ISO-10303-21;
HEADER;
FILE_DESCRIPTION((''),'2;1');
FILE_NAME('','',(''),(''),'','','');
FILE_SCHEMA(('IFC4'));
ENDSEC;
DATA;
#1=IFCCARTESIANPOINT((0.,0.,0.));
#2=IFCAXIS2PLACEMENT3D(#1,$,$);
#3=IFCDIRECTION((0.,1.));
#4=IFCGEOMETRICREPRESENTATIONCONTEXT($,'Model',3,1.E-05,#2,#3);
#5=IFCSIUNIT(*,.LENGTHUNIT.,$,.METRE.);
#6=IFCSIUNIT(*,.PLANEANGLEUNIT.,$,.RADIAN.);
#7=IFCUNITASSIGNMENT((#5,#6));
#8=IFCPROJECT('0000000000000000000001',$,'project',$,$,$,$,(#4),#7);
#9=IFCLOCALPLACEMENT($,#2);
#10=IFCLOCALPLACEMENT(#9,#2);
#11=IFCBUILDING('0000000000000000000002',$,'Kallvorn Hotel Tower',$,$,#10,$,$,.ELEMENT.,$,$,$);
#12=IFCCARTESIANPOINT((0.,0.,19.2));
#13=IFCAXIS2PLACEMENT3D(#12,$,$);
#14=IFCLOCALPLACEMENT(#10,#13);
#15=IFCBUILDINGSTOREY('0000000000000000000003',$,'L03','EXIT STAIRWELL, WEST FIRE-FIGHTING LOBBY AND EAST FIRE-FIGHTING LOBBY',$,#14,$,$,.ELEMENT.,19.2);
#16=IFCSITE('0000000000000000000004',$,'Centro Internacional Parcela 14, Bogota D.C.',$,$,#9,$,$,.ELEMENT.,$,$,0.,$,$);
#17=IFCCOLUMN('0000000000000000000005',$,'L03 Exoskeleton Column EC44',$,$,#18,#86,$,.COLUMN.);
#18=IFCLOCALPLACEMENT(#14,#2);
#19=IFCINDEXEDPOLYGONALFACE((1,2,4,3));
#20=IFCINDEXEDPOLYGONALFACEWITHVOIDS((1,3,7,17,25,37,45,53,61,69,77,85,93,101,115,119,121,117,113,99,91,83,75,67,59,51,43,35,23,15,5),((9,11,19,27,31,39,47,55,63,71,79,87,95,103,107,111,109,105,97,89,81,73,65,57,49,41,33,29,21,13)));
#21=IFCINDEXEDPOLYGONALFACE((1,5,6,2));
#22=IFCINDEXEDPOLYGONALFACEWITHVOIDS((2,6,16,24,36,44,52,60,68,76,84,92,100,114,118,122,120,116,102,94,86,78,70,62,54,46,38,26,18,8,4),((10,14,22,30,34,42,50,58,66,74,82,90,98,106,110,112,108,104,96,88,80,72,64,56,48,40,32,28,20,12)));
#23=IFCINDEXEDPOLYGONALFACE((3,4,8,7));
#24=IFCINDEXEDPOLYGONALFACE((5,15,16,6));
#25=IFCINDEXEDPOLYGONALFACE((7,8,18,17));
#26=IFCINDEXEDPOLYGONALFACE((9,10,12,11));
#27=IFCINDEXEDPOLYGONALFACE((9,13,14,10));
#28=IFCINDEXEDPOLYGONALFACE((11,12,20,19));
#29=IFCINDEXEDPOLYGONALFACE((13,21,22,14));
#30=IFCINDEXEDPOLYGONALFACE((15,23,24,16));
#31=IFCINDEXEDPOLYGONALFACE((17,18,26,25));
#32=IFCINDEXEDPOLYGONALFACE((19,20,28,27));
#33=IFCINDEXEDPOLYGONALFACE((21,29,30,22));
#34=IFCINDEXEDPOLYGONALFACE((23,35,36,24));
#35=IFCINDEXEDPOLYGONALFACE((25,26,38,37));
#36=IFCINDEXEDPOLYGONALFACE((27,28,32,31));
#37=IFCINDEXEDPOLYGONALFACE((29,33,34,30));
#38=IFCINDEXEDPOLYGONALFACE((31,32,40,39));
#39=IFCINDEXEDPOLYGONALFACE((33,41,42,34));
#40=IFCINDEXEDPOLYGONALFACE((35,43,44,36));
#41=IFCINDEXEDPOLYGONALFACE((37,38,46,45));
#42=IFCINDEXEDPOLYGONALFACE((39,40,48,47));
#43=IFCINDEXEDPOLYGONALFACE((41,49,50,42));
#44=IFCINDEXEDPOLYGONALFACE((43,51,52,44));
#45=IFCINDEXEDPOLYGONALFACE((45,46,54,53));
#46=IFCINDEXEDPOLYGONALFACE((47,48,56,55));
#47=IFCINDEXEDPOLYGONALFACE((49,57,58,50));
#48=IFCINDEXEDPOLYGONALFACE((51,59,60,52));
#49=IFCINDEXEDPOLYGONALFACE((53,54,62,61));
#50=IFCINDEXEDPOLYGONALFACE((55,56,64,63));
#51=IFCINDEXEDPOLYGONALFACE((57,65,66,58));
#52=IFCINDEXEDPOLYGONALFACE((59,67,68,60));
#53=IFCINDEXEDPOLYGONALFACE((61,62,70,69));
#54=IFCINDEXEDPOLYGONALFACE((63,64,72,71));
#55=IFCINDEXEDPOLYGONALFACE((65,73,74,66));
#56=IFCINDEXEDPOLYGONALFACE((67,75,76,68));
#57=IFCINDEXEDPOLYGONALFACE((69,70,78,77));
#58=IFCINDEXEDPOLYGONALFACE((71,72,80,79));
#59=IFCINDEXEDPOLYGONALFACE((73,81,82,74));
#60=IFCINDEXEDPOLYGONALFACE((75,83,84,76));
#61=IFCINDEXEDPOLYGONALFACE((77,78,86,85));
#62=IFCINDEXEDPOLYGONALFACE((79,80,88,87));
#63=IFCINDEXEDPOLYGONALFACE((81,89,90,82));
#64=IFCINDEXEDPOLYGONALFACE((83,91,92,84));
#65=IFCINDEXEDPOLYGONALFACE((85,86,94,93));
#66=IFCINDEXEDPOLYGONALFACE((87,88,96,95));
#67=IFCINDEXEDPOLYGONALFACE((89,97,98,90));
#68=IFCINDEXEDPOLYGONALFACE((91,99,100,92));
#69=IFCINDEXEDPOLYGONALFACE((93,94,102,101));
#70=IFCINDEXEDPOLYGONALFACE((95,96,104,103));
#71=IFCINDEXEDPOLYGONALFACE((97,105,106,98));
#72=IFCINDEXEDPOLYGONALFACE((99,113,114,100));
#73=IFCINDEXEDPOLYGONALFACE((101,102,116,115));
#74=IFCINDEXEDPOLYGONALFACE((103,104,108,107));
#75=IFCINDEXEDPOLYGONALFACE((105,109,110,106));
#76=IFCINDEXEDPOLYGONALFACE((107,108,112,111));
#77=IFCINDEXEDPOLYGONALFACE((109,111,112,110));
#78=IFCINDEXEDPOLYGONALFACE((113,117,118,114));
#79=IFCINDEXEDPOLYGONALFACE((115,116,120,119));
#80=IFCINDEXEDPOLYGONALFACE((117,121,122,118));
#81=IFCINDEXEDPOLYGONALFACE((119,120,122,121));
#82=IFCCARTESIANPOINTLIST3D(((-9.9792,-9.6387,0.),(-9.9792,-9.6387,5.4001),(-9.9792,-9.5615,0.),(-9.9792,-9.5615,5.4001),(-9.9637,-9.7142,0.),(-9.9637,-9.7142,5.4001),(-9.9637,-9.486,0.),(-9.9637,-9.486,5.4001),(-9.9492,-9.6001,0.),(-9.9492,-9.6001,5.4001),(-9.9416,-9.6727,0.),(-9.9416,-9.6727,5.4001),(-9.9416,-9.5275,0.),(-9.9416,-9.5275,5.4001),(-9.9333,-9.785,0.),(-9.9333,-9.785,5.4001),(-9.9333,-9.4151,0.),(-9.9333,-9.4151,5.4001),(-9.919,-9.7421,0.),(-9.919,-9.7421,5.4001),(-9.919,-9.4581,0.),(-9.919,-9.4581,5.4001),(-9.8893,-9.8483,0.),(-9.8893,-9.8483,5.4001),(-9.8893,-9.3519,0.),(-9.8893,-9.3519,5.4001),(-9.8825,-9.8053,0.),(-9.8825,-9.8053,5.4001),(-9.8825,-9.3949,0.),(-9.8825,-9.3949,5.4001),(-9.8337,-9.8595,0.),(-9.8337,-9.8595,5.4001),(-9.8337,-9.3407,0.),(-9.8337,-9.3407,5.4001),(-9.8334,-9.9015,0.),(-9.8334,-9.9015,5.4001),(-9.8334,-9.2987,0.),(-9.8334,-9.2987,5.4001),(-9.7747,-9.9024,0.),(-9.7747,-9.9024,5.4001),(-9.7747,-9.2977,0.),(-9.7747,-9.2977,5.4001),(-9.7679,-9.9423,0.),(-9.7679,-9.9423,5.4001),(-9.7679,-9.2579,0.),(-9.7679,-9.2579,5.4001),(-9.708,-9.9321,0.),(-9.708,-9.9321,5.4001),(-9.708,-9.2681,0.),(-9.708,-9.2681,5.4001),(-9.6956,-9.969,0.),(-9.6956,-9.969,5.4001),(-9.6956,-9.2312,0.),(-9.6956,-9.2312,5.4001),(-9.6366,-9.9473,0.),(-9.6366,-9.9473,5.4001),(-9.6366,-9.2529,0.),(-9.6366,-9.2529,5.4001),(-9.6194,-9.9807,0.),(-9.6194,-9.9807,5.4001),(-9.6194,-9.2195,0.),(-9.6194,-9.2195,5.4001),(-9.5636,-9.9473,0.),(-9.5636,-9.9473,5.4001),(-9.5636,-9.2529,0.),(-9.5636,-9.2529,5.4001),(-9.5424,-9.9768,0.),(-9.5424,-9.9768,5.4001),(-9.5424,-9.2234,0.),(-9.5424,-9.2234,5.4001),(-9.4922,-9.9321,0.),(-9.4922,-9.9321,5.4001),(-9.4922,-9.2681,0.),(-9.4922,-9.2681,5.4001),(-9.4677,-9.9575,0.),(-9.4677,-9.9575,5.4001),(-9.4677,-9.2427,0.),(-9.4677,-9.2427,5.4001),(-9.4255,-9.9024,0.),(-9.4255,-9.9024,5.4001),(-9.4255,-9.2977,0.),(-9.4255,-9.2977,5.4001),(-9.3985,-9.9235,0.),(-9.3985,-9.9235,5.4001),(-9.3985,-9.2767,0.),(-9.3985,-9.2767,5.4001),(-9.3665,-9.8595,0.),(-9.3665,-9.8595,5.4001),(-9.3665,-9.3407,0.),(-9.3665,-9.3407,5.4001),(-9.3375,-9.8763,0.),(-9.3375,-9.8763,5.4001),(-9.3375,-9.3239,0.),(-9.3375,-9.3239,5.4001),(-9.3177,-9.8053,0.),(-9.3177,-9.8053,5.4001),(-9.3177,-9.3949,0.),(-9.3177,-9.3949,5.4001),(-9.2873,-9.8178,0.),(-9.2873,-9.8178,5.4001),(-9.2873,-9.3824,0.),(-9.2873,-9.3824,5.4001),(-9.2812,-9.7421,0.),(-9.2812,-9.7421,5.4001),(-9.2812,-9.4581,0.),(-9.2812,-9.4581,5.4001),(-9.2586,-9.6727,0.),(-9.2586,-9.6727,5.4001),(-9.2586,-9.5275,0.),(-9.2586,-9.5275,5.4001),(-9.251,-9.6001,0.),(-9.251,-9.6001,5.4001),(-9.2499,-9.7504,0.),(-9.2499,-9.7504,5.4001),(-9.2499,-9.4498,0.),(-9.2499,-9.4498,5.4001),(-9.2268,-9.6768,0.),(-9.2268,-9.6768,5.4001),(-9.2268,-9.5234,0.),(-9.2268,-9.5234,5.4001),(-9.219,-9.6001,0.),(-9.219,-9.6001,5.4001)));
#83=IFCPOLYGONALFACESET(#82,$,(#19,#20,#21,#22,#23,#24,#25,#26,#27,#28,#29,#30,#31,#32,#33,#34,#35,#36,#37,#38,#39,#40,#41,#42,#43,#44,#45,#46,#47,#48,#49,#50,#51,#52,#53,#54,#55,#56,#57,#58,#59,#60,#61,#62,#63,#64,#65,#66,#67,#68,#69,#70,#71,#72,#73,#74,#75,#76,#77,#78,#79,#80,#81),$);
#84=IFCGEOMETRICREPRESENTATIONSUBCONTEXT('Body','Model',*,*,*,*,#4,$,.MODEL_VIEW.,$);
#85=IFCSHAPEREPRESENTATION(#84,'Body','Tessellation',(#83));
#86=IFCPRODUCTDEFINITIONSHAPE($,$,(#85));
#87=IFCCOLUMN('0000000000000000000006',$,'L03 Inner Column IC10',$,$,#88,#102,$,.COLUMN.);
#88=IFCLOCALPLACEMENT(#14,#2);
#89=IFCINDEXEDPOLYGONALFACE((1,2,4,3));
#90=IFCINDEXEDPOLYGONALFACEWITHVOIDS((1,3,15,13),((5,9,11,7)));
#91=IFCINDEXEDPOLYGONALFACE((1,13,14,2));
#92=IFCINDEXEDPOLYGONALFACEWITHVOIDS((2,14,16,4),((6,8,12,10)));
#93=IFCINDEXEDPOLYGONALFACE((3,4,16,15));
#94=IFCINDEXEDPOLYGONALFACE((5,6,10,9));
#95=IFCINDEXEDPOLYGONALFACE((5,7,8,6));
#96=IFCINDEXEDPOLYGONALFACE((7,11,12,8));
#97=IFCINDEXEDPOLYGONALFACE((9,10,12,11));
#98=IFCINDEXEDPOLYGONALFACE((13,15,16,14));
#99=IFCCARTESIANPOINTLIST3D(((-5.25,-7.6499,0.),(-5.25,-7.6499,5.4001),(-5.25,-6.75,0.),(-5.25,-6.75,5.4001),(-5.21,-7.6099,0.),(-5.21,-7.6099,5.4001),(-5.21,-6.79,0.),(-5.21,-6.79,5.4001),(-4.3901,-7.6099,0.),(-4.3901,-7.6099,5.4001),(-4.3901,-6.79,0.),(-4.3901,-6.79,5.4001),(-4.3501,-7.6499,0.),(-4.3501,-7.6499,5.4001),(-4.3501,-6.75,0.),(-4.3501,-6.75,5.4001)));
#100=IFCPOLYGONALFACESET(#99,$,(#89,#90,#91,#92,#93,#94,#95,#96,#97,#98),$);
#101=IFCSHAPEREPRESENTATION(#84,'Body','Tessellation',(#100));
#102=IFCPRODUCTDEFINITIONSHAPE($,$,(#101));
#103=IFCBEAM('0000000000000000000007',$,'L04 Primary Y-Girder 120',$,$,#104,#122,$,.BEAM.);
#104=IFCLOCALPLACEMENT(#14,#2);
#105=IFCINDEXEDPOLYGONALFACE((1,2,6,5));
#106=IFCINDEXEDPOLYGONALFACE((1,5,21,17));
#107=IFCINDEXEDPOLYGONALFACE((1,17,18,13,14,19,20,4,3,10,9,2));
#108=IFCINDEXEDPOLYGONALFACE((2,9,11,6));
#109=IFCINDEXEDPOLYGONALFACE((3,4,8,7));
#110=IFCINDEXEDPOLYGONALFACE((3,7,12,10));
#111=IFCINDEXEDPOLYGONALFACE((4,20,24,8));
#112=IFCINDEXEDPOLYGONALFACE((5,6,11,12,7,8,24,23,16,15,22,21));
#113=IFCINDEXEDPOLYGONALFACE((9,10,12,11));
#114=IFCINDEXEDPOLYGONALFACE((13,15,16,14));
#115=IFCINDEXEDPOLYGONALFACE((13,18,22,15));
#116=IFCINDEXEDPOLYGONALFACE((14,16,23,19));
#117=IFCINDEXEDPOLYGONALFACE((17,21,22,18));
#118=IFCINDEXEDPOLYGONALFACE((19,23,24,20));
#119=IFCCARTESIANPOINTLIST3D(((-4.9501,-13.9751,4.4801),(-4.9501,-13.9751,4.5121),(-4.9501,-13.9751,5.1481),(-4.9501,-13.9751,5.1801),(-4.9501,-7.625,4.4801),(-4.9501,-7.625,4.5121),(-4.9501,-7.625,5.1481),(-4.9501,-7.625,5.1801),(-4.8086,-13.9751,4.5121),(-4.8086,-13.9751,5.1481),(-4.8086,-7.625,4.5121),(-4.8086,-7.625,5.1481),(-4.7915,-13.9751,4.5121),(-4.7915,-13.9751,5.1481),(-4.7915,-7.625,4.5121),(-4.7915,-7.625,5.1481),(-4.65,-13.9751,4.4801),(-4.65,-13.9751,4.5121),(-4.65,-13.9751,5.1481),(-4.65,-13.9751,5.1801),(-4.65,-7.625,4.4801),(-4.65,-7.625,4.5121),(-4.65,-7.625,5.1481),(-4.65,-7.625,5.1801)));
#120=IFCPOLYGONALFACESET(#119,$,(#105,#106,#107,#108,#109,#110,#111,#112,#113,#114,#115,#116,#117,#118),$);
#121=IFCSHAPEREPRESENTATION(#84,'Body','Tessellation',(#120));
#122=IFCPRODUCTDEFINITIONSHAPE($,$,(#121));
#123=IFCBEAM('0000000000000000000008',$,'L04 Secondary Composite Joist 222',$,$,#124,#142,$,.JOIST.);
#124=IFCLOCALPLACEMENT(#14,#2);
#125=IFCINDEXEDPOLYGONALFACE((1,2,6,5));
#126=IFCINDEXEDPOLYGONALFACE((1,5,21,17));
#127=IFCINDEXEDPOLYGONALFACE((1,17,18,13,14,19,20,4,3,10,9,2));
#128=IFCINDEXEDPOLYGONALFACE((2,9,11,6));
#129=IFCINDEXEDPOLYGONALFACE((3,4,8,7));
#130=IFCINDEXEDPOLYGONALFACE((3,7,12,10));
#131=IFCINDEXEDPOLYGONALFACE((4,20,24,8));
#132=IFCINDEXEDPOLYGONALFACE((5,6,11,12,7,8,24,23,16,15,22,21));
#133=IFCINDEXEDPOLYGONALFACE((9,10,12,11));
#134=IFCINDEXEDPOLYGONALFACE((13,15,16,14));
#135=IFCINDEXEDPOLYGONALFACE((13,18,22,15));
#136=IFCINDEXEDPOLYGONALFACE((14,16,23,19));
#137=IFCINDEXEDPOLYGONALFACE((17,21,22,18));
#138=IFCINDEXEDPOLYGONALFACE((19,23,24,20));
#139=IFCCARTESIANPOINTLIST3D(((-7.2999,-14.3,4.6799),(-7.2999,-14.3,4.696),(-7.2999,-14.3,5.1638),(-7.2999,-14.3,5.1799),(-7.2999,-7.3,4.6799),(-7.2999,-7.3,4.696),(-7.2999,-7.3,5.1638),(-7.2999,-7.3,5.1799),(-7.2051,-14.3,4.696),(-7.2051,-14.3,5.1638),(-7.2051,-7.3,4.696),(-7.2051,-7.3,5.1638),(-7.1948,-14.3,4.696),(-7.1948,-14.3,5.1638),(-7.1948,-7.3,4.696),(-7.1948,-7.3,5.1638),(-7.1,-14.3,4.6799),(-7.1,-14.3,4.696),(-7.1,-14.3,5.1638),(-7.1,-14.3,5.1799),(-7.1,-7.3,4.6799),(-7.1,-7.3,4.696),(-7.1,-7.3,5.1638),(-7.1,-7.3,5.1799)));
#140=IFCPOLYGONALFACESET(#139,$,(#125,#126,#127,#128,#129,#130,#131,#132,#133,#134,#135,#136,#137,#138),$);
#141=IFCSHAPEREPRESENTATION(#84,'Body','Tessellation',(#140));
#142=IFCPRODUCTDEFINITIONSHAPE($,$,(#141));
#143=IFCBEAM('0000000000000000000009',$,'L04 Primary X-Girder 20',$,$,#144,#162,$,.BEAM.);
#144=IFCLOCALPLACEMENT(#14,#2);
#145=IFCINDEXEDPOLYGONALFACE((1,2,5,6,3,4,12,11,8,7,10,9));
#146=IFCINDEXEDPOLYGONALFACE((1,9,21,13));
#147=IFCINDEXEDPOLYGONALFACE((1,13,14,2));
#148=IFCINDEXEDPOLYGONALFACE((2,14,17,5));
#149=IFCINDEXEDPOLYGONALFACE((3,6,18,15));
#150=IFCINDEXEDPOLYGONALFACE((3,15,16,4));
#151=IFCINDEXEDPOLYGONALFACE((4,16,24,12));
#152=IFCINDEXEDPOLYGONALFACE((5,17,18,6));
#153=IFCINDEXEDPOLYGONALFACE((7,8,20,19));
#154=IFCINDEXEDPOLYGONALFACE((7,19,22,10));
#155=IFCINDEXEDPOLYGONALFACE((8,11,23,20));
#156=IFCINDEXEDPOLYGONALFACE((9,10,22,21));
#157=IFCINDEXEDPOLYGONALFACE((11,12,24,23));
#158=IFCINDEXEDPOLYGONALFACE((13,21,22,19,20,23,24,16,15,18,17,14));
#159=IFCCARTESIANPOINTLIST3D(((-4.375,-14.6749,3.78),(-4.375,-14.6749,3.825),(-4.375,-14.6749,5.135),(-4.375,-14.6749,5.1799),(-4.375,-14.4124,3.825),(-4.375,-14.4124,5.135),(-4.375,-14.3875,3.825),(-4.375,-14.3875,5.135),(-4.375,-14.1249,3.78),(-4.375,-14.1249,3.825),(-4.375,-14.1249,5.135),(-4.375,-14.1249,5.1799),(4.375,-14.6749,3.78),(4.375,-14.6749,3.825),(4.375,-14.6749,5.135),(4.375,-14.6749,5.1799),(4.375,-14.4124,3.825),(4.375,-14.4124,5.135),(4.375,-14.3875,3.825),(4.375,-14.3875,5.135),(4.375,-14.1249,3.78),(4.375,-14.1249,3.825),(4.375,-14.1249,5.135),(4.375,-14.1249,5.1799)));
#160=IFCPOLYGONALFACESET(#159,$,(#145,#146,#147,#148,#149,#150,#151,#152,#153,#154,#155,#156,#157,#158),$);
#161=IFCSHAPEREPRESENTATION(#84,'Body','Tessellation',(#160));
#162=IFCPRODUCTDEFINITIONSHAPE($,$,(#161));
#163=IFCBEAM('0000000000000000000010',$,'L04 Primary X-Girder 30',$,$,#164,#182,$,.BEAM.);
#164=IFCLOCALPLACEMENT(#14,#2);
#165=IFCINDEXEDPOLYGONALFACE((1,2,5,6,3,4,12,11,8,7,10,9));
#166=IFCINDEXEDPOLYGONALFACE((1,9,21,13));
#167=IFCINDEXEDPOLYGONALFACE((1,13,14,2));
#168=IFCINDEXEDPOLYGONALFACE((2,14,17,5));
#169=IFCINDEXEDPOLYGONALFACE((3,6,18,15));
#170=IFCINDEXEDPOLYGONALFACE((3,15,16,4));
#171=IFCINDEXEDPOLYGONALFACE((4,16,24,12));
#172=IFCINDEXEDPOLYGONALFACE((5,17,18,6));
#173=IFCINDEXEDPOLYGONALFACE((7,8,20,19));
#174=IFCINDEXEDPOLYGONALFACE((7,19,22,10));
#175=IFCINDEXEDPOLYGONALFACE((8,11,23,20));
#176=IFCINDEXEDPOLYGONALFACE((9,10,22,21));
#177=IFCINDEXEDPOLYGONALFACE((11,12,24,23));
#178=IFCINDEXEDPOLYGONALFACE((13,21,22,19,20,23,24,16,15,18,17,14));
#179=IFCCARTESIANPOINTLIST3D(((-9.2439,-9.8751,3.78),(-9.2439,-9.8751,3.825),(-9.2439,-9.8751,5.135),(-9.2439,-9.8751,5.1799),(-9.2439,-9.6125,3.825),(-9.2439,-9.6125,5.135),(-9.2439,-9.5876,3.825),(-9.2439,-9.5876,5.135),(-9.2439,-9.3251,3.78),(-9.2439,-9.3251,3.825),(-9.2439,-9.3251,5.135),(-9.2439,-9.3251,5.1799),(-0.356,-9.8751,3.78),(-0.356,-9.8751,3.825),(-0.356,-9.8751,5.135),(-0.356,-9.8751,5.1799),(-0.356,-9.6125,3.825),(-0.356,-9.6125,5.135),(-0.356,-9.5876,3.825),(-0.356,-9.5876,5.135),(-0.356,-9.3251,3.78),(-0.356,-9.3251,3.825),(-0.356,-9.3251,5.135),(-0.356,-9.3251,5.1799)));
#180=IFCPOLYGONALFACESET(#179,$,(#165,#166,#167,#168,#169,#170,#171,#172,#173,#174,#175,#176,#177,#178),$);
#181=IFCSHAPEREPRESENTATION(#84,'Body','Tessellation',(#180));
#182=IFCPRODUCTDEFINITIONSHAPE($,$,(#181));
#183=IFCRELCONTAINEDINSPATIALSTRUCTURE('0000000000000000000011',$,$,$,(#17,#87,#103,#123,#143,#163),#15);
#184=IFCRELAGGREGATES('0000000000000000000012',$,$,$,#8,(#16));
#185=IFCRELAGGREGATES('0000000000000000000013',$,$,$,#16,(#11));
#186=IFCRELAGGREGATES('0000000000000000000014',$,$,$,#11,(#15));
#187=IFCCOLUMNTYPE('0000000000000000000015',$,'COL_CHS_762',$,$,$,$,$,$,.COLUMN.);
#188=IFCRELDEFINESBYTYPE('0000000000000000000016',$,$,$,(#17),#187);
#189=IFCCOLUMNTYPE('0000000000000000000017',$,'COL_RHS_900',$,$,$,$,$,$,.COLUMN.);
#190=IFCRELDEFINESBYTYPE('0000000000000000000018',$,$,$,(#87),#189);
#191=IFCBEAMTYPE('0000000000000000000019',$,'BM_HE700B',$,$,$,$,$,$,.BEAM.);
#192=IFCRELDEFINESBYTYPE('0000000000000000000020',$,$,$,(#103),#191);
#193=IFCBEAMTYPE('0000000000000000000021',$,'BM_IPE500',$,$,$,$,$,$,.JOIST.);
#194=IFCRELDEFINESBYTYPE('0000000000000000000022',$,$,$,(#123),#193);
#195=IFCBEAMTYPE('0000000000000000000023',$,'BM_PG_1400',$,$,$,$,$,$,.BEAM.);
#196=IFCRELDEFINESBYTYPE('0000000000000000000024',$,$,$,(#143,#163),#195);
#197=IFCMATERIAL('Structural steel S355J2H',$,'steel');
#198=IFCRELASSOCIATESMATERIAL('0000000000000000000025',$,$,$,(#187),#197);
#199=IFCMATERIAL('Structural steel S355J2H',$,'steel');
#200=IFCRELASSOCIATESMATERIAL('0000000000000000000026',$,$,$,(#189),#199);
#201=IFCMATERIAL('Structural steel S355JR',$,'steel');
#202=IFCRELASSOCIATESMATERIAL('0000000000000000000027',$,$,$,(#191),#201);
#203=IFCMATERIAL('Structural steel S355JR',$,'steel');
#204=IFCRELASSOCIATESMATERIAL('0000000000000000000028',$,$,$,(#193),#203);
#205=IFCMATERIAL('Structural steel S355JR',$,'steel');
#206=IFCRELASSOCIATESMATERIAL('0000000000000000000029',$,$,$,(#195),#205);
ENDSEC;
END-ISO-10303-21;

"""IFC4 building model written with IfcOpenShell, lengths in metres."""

from ifc_helpers import new_model, si_unit, direction, frame, origin, origin_2d, place, context, subcontext, project, spatial, hollow_rectangle, hollow_circle, i_section, extrude, material, material_profile, profile_set, type_object, element, save


model = new_model("IFC4")

# Units and contexts
model_context = context("Model", 3, precision=1e-05, world=origin(), true_north=direction((0.0, 1.0)))
body_context = subcontext(model_context, "Body", "Model", "MODEL_VIEW")
ifc_project = project(units=[si_unit("LENGTHUNIT", "METRE"), si_unit("PLANEANGLEUNIT", "RADIAN")], contexts=[model_context])

# Site, building, storey
site_placement = place(None, origin())
site = spatial("IfcSite", under=ifc_project, at=site_placement, Name="Centro Internacional Parcela 14, Bogota D.C.", CompositionType="ELEMENT", RefElevation=0.0)
building_placement = place(site_placement, origin())
building = spatial("IfcBuilding", under=site, at=building_placement, Name="Kallvorn Hotel Tower", CompositionType="ELEMENT")
storey_placement = place(building_placement, frame((0.0, 0.0, 19.2)))
storey = spatial("IfcBuildingStorey", under=building, at=storey_placement, Name="L03", Description="EXIT STAIRWELL, WEST FIRE-FIGHTING LOBBY AND EAST FIRE-FIGHTING LOBBY", CompositionType="ELEMENT", Elevation=19.2)

# Columns
ifc_material_1 = material(Name="Structural steel S355J2H", Category="steel")
ifc_material_profile_1 = material_profile(ifc_material_1, hollow_circle(Radius=0.3811, WallThickness=0.032, at=origin_2d()), Name="CHS 762x32")
ifc_profile_set_1 = profile_set([ifc_material_profile_1], Name="Structural steel S355J2H")
column_type_1 = type_object("IfcColumnType", Name="COL_CHS_762", PredefinedType="COLUMN", material=ifc_profile_set_1)
column_1_placement = place(storey_placement, frame((-9.6001, -9.6001, 0.0), z_axis=(0.0, 0.0, 1.0), x_axis=(1.0, 0.0, 0.0)))
element("IfcColumn", 1, at=column_1_placement, inside=storey, type_object=column_type_1, Name="L03 Exoskeleton Column EC44", PredefinedType="COLUMN", context=body_context, shape_type="SweptSolid", body=[
    extrude(hollow_circle(Radius=0.3811, WallThickness=0.032, at=origin_2d()), origin(), (0.0, 0.0, 1.0), 5.4001),
])
ifc_material_2 = material(Name="Structural steel S355J2H", Category="steel")
ifc_material_profile_2 = material_profile(ifc_material_2, hollow_rectangle(XDim=0.8999, YDim=0.8999, WallThickness=0.04, at=origin_2d()), Name="RHS 900x900x40")
ifc_profile_set_2 = profile_set([ifc_material_profile_2], Name="Structural steel S355J2H")
column_type_2 = type_object("IfcColumnType", Name="COL_RHS_900", PredefinedType="COLUMN", material=ifc_profile_set_2)
column_2_placement = place(storey_placement, frame((-4.8, -7.2, 0.0), z_axis=(0.0, 0.0, 1.0), x_axis=(1.0, 0.0, 0.0)))
element("IfcColumn", 2, at=column_2_placement, inside=storey, type_object=column_type_2, Name="L03 Inner Column IC10", PredefinedType="COLUMN", context=body_context, shape_type="SweptSolid", body=[
    extrude(hollow_rectangle(XDim=0.8999, YDim=0.8999, WallThickness=0.04, at=origin_2d()), origin(), (0.0, 0.0, 1.0), 5.4001),
])

# Beams
ifc_material_3 = material(Name="Structural steel S355JR", Category="steel")
ifc_material_profile_3 = material_profile(ifc_material_3, i_section(OverallWidth=0.3, OverallDepth=0.7, WebThickness=0.0171, FlangeThickness=0.032, at=origin_2d()), Name="HE 700 B")
ifc_profile_set_3 = profile_set([ifc_material_profile_3], Name="Structural steel S355JR")
beam_type_1 = type_object("IfcBeamType", Name="BM_HE700B", PredefinedType="BEAM", material=ifc_profile_set_3)
beam_1_placement = place(storey_placement, frame((-4.8, -13.9751, 4.8301), z_axis=(0.0, 1.0, 0.0), x_axis=(-1.0, 0.0, 0.0)))
element("IfcBeam", 3, at=beam_1_placement, inside=storey, type_object=beam_type_1, Name="L04 Primary Y-Girder 120", PredefinedType="BEAM", context=body_context, shape_type="SweptSolid", body=[
    extrude(i_section(OverallWidth=0.3, OverallDepth=0.7, WebThickness=0.0171, FlangeThickness=0.032, at=origin_2d()), origin(), (0.0, 0.0, 1.0), 6.3501),
])
ifc_material_4 = material(Name="Structural steel S355JR", Category="steel")
ifc_material_profile_4 = material_profile(ifc_material_4, i_section(OverallWidth=0.2, OverallDepth=0.5, WebThickness=0.0103, FlangeThickness=0.0161, at=origin_2d()), Name="IPE 500")
ifc_profile_set_4 = profile_set([ifc_material_profile_4], Name="Structural steel S355JR")
beam_type_2 = type_object("IfcBeamType", Name="BM_IPE500", PredefinedType="JOIST", material=ifc_profile_set_4)
beam_2_placement = place(storey_placement, frame((-7.2, -14.3, 4.9299), z_axis=(0.0, 1.0, 0.0), x_axis=(-1.0, 0.0, 0.0)))
element("IfcBeam", 4, at=beam_2_placement, inside=storey, type_object=beam_type_2, Name="L04 Secondary Composite Joist 222", PredefinedType="JOIST", context=body_context, shape_type="SweptSolid", body=[
    extrude(i_section(OverallWidth=0.2, OverallDepth=0.5, WebThickness=0.0103, FlangeThickness=0.0161, at=origin_2d()), origin(), (0.0, 0.0, 1.0), 7.0),
])
ifc_material_5 = material(Name="Structural steel S355JR", Category="steel")
ifc_material_profile_5 = material_profile(ifc_material_5, i_section(OverallWidth=0.55, OverallDepth=1.3999, WebThickness=0.0249, FlangeThickness=0.0449, at=origin_2d()), Name="PG 1400x550x25x45")
ifc_profile_set_5 = profile_set([ifc_material_profile_5], Name="Structural steel S355JR")
beam_type_3 = type_object("IfcBeamType", Name="BM_PG_1400", PredefinedType="BEAM", material=ifc_profile_set_5)
beam_3_placement = place(storey_placement, frame((-4.375, -14.3999, 4.48), z_axis=(1.0, 0.0, 0.0), x_axis=(0.0, 1.0, 0.0)))
element("IfcBeam", 5, at=beam_3_placement, inside=storey, type_object=beam_type_3, Name="L04 Primary X-Girder 20", PredefinedType="BEAM", context=body_context, shape_type="SweptSolid", body=[
    extrude(i_section(OverallWidth=0.55, OverallDepth=1.3999, WebThickness=0.0249, FlangeThickness=0.0449, at=origin_2d()), origin(), (0.0, 0.0, 1.0), 8.75),
])
beam_4_placement = place(storey_placement, frame((-9.2439, -9.6001, 4.48), z_axis=(1.0, 0.0, 0.0), x_axis=(0.0, 1.0, 0.0)))
element("IfcBeam", 6, at=beam_4_placement, inside=storey, type_object=beam_type_3, Name="L04 Primary X-Girder 30", PredefinedType="BEAM", context=body_context, shape_type="SweptSolid", body=[
    extrude(i_section(OverallWidth=0.55, OverallDepth=1.3999, WebThickness=0.0249, FlangeThickness=0.0449, at=origin_2d()), origin(), (0.0, 0.0, 1.0), 8.8879),
])

save(model, "model.ifc")
